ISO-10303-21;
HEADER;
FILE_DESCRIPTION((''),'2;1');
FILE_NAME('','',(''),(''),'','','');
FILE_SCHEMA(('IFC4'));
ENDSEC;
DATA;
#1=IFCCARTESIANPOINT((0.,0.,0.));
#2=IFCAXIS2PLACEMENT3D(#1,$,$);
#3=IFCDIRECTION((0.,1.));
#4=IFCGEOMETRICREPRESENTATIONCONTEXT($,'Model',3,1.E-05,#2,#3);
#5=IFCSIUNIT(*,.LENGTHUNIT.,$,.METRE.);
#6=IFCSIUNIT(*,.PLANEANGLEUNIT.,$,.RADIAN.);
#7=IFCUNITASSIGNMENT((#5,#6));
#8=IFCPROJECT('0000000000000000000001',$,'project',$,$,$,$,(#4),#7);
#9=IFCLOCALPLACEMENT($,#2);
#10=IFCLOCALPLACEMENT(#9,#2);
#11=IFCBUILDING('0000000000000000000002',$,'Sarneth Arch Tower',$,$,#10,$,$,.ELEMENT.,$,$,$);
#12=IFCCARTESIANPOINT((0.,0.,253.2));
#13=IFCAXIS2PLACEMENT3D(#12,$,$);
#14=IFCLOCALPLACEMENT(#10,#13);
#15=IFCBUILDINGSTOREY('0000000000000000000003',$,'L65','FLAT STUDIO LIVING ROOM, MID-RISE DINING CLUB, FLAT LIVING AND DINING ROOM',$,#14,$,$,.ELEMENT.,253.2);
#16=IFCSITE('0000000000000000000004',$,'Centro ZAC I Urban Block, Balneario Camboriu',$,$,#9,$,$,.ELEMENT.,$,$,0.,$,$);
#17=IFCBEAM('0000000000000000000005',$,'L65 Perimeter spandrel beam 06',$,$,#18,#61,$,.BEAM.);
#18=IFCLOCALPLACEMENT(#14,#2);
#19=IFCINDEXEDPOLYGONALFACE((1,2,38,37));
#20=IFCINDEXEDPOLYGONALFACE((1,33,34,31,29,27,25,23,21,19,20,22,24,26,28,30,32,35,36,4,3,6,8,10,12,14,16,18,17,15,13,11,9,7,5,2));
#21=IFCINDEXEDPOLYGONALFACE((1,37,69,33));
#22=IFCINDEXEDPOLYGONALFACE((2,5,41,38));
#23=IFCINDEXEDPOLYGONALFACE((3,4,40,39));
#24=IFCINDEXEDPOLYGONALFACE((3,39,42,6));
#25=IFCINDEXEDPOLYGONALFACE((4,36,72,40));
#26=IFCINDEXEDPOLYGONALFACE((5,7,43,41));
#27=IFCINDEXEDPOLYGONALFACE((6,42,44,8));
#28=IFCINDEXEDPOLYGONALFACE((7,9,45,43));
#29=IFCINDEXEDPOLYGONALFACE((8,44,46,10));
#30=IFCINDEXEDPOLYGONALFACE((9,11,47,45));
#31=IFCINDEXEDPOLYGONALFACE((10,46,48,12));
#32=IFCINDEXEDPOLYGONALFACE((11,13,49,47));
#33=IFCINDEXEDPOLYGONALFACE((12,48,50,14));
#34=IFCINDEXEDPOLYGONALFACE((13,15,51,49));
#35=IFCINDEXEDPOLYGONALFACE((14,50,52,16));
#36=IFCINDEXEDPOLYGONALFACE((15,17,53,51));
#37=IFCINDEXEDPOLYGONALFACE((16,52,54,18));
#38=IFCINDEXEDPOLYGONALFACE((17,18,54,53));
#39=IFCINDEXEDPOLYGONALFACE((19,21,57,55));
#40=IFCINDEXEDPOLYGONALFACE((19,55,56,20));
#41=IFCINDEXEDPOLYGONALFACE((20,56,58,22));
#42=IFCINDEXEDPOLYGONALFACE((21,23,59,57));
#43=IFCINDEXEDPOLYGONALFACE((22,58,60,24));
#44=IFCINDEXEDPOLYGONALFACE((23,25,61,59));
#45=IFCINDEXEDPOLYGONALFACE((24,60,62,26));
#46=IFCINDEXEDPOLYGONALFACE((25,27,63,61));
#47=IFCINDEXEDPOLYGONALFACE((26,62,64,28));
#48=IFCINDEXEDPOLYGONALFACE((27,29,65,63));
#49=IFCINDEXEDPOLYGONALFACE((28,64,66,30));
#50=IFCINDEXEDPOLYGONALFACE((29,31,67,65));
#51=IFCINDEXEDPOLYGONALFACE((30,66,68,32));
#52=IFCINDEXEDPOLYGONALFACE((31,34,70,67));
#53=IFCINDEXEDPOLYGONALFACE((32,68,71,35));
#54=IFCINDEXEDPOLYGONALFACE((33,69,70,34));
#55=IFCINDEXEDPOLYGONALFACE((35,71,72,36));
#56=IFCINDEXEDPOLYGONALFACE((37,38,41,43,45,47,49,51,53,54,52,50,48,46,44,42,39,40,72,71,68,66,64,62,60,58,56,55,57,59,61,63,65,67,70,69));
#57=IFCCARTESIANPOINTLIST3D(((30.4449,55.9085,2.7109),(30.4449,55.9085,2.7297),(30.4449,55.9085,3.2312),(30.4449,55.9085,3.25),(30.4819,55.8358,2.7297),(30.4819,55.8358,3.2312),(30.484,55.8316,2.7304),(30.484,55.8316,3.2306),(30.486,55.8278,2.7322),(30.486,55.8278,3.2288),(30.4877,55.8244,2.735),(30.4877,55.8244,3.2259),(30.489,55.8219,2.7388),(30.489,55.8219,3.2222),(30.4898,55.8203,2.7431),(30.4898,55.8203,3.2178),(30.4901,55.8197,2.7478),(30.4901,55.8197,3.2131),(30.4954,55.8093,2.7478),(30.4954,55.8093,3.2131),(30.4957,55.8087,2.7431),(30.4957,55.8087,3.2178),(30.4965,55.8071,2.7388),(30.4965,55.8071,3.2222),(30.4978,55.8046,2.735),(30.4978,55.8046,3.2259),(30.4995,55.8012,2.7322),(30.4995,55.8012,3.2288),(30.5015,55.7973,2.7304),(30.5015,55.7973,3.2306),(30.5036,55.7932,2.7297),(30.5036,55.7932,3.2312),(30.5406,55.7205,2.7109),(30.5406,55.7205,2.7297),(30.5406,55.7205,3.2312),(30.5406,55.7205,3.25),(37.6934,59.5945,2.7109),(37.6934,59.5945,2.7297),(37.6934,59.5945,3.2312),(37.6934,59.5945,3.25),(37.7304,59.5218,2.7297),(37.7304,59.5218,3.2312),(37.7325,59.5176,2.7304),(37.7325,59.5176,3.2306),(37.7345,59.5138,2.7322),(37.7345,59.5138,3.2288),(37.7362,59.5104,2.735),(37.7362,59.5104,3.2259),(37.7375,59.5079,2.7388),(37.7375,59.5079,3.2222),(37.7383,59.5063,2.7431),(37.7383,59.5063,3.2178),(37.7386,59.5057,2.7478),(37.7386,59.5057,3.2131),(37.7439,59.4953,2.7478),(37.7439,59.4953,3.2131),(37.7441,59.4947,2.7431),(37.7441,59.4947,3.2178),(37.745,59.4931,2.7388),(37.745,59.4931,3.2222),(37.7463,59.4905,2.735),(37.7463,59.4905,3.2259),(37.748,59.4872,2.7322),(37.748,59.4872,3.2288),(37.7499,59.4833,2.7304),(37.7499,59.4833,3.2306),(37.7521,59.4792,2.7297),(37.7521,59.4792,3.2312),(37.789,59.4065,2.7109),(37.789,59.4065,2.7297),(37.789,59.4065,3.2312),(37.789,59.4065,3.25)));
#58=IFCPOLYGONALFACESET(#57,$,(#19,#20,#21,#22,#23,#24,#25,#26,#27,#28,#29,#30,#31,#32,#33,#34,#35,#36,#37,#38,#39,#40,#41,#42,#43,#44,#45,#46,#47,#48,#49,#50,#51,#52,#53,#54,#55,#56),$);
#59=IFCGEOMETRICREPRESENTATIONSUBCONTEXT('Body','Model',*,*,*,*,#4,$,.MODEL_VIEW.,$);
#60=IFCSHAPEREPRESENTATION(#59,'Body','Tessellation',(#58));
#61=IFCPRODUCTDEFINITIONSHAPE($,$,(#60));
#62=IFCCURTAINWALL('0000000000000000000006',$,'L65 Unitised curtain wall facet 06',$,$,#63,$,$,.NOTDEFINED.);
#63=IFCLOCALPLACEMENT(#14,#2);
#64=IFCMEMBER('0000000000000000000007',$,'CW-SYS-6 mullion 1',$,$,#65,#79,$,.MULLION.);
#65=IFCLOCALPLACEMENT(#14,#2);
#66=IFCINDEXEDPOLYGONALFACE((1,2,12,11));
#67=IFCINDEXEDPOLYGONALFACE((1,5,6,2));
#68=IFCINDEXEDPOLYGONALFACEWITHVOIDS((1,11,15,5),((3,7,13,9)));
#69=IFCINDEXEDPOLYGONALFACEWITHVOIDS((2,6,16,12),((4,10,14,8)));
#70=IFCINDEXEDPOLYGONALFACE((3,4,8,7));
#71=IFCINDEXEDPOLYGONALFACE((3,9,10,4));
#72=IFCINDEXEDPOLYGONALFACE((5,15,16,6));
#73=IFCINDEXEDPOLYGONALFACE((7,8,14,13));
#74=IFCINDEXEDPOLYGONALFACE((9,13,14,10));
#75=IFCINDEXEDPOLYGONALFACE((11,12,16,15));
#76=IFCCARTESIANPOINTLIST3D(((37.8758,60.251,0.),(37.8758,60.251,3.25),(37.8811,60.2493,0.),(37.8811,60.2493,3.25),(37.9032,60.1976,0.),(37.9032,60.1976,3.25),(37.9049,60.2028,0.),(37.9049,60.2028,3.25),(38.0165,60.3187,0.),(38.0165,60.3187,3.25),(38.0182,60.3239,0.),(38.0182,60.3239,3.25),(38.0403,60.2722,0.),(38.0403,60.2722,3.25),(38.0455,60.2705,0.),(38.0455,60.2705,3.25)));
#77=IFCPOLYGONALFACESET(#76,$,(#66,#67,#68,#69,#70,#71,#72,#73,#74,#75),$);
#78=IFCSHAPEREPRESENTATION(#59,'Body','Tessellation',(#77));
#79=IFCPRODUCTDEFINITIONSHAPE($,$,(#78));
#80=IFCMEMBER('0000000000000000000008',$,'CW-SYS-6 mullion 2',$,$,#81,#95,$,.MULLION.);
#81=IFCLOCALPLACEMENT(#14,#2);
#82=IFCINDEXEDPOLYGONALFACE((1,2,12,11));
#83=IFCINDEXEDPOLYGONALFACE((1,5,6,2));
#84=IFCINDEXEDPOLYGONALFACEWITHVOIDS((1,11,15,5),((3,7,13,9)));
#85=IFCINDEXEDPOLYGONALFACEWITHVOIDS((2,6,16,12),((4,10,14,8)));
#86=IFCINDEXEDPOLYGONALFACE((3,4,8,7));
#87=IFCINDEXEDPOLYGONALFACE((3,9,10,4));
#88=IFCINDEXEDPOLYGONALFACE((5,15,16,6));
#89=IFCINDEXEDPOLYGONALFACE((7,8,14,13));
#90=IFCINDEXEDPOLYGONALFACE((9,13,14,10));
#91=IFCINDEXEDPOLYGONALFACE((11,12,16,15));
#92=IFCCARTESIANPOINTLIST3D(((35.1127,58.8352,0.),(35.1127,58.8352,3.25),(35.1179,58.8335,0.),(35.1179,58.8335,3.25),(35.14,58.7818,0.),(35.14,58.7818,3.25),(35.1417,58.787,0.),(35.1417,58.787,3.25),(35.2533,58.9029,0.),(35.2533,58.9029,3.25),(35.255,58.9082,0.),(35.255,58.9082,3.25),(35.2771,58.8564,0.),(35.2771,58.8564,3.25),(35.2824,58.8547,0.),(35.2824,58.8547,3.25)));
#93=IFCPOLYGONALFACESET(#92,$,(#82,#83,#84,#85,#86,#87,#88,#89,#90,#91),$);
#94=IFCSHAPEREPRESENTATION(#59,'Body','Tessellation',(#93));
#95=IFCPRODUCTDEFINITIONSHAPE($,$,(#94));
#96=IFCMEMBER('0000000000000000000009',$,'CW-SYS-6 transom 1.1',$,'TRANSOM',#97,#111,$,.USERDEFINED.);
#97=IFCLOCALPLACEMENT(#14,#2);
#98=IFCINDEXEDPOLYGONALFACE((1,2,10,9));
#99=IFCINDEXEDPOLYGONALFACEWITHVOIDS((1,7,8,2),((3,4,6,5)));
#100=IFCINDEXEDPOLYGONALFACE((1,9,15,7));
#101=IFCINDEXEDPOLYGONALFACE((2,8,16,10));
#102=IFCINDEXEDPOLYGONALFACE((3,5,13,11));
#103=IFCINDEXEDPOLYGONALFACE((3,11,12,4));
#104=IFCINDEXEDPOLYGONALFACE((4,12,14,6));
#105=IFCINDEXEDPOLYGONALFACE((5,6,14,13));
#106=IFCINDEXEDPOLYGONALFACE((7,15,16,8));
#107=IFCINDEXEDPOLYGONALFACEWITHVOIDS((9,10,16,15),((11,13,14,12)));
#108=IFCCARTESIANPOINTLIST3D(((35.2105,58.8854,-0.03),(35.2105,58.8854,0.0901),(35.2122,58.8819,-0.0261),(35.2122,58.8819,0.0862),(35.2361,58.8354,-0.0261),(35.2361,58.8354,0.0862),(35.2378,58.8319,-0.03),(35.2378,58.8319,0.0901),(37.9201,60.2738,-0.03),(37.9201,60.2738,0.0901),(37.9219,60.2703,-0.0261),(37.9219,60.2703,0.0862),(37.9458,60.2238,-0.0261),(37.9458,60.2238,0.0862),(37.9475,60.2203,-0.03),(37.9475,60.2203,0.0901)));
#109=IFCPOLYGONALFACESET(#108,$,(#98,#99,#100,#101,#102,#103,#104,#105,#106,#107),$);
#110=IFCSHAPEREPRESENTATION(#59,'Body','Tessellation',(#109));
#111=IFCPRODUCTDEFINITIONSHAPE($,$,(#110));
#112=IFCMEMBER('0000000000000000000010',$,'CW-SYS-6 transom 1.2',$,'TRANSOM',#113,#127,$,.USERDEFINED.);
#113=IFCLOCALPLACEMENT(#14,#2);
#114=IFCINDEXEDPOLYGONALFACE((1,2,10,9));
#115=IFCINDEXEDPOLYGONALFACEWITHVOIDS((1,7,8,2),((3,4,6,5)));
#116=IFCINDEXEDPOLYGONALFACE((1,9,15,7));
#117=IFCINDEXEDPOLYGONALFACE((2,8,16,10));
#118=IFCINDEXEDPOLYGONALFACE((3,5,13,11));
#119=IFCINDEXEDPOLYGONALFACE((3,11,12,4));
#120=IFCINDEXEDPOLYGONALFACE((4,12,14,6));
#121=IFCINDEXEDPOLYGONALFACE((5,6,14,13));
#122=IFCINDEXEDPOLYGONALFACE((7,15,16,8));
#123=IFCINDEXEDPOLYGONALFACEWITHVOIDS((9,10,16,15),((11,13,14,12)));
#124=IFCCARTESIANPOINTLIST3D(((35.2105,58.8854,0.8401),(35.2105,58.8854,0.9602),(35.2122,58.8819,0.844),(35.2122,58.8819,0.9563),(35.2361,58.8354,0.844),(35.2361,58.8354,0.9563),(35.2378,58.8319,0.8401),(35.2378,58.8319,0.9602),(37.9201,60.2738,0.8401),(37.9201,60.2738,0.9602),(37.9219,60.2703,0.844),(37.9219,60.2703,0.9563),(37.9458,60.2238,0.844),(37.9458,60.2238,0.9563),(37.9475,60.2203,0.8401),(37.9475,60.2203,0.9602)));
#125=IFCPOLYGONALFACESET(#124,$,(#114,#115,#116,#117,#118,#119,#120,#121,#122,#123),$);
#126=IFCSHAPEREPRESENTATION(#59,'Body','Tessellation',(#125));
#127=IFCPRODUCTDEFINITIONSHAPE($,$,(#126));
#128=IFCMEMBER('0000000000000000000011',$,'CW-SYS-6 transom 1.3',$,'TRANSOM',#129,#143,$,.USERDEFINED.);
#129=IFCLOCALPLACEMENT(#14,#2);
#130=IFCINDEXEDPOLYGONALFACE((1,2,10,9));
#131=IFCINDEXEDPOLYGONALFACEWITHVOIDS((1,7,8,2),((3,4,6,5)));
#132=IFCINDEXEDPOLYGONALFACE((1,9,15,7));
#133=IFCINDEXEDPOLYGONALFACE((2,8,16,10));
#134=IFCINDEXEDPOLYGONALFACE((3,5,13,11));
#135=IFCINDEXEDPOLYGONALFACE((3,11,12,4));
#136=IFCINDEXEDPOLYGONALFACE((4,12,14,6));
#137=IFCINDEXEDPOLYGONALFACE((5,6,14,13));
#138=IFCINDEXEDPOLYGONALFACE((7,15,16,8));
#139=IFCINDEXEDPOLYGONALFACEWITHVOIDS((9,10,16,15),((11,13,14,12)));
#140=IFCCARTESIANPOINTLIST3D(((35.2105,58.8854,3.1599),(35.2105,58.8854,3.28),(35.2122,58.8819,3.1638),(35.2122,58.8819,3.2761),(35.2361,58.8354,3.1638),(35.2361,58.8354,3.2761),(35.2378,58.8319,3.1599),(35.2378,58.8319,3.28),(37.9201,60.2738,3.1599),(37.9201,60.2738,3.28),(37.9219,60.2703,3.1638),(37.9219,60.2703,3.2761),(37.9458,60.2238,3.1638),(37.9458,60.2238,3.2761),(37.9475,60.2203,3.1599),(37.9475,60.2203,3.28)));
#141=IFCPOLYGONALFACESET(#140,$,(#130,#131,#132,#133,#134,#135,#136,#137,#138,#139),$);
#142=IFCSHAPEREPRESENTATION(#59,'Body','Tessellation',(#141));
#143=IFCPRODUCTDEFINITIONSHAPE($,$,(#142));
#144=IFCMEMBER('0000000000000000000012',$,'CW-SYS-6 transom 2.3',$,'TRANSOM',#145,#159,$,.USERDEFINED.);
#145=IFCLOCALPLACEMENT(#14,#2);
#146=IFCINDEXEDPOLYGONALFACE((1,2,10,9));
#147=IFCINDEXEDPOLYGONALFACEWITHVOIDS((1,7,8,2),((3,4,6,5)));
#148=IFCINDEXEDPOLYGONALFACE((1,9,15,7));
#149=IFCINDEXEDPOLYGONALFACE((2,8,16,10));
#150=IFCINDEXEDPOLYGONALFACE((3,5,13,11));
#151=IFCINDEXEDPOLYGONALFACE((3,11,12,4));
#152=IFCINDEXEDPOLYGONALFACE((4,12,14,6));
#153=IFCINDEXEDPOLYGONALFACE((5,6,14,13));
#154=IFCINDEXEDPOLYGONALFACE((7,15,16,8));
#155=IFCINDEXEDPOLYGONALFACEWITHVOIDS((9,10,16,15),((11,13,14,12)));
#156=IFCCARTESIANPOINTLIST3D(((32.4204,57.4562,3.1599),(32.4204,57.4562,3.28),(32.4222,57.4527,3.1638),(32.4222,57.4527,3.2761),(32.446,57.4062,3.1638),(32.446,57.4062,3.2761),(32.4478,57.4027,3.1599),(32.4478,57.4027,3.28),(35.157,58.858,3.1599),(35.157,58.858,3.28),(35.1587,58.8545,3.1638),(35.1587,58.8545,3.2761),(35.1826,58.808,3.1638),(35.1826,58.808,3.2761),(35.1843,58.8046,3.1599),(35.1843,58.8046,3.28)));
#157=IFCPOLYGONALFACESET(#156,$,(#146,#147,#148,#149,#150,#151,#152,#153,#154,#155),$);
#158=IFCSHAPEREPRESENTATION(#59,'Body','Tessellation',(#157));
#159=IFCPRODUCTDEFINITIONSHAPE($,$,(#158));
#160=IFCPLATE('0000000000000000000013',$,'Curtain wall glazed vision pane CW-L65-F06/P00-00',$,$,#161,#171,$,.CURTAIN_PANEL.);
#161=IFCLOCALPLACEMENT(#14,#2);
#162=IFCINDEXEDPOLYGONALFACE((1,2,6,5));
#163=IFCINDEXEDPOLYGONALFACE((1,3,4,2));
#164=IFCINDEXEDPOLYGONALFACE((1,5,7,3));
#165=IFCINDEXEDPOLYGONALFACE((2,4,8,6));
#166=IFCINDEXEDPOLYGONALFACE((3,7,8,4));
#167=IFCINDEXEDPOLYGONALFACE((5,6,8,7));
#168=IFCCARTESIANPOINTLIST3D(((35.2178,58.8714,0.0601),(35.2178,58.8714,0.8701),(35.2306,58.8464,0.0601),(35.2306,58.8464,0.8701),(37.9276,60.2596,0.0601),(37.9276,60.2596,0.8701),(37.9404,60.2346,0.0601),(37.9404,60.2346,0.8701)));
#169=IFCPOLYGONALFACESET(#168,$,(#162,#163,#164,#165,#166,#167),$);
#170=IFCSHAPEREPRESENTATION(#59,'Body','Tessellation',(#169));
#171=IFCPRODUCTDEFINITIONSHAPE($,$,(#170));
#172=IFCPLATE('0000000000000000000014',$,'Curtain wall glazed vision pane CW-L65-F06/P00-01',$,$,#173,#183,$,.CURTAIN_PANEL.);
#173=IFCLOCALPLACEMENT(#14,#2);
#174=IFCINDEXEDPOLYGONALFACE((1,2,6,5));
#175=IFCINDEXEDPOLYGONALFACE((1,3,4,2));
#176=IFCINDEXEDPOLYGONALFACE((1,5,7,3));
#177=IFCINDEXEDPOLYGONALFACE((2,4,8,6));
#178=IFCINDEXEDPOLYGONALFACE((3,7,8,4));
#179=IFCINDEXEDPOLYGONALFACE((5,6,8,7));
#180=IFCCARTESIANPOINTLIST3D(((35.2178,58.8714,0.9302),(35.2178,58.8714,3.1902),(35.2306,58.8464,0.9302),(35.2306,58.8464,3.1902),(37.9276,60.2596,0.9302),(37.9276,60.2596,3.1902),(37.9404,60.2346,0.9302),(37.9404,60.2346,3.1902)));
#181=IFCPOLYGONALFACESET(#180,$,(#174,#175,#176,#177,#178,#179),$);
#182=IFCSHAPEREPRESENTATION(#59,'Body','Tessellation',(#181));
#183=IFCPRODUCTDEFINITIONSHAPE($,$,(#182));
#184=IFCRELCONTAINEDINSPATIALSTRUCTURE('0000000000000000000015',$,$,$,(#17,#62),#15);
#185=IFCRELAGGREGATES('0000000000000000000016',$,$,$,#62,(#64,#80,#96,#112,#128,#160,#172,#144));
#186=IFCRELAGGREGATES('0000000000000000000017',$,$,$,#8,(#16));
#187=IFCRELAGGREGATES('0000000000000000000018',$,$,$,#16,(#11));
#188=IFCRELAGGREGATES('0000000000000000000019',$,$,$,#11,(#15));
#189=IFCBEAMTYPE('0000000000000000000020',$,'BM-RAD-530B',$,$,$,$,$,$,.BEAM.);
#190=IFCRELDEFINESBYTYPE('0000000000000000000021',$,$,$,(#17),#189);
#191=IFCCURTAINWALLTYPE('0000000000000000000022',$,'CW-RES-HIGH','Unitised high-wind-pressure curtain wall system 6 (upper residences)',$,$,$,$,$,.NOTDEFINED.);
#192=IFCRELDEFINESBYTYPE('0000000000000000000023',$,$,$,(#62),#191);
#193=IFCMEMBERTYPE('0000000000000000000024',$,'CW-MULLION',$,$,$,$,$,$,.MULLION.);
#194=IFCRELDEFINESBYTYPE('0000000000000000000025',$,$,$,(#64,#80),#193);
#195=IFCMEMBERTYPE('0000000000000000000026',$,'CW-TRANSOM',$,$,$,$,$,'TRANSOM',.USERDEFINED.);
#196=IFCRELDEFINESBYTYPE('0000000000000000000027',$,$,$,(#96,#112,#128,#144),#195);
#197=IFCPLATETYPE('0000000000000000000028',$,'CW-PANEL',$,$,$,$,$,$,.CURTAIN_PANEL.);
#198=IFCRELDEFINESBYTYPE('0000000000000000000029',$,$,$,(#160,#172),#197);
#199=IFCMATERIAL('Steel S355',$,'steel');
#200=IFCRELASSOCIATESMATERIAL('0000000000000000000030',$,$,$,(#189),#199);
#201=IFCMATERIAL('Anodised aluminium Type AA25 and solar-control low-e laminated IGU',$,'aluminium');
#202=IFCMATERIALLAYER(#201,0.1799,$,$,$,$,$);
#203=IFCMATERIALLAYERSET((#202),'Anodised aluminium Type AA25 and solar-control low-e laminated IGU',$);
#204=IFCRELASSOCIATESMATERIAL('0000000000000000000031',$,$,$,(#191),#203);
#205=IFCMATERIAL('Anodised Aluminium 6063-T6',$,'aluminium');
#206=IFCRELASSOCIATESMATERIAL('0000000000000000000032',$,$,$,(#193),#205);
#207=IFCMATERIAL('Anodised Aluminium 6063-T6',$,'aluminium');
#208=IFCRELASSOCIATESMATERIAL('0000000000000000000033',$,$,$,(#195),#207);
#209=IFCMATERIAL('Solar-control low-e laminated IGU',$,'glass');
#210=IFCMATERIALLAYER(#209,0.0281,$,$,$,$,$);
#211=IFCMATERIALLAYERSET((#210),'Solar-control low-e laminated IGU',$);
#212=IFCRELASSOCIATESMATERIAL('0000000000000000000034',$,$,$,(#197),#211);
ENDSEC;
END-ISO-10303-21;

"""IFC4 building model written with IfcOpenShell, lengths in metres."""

from ifc_helpers import new_model, si_unit, direction, frame, origin, origin_2d, place, context, subcontext, project, spatial, rectangle, hollow_rectangle, i_section, extrude, material, layer, layer_set, material_profile, profile_set, type_object, element, aggregate, save


model = new_model("IFC4")

# Units and contexts
model_context = context("Model", 3, precision=1e-05, world=origin(), true_north=direction((0.0, 1.0)))
body_context = subcontext(model_context, "Body", "Model", "MODEL_VIEW")
ifc_project = project(units=[si_unit("LENGTHUNIT", "METRE"), si_unit("PLANEANGLEUNIT", "RADIAN")], contexts=[model_context])

# Site, building, storey
site_placement = place(None, origin())
site = spatial("IfcSite", under=ifc_project, at=site_placement, Name="Centro ZAC I Urban Block, Balneario Camboriu", CompositionType="ELEMENT", RefElevation=0.0)
building_placement = place(site_placement, origin())
building = spatial("IfcBuilding", under=site, at=building_placement, Name="Sarneth Arch Tower", CompositionType="ELEMENT")
storey_placement = place(building_placement, frame((0.0, 0.0, 253.2)))
storey = spatial("IfcBuildingStorey", under=building, at=storey_placement, Name="L65", Description="FLAT STUDIO LIVING ROOM, MID-RISE DINING CLUB, FLAT LIVING AND DINING ROOM", CompositionType="ELEMENT", Elevation=253.2)

# Beam
ifc_material_1 = material(Name="Steel S355", Category="steel")
ifc_material_profile_1 = material_profile(ifc_material_1, i_section(OverallWidth=0.2109, OverallDepth=0.5391, WebThickness=0.0117, FlangeThickness=0.0188, FilletRadius=0.0181, at=origin_2d()), Name="W530x109")
ifc_profile_set_1 = profile_set([ifc_material_profile_1], Name="Steel S355")
beam_type_1 = type_object("IfcBeamType", Name="BM-RAD-530B", PredefinedType="BEAM", material=ifc_profile_set_1)
beam_1_placement = place(storey_placement, frame((37.7412, 59.5005, 2.9805), z_axis=(-0.891368, -0.45328, 0.0), x_axis=(0.45328, -0.891368, 0.0)))
element("IfcBeam", 1, at=beam_1_placement, inside=storey, type_object=beam_type_1, Name="L65 Perimeter spandrel beam 06", PredefinedType="BEAM", context=body_context, shape_type="SweptSolid", body=[
    extrude(i_section(OverallWidth=0.2109, OverallDepth=0.5391, WebThickness=0.0117, FlangeThickness=0.0188, FilletRadius=0.0181, at=origin_2d()), origin(), (0.0, 0.0, 1.0), 8.1318),
])

# Curtain wall, members, plates
ifc_material_2 = material(Name="Anodised aluminium Type AA25 and solar-control low-e laminated IGU", Category="aluminium")
ifc_layer_1 = layer(ifc_material_2, 0.1799)
ifc_layer_set_1 = layer_set([ifc_layer_1], Name="Anodised aluminium Type AA25 and solar-control low-e laminated IGU")
curtain_wall_type = type_object("IfcCurtainWallType", Name="CW-RES-HIGH", Description="Unitised high-wind-pressure curtain wall system 6 (upper residences)", PredefinedType="NOTDEFINED", material=ifc_layer_set_1)
curtain_wall_placement = place(storey_placement, origin())
curtain_wall = element("IfcCurtainWall", 2, at=curtain_wall_placement, inside=storey, type_object=curtain_wall_type, Name="L65 Unitised curtain wall facet 06", PredefinedType="NOTDEFINED")
ifc_material_3 = material(Name="Anodised Aluminium 6063-T6", Category="aluminium")
ifc_material_profile_2 = material_profile(ifc_material_3, hollow_rectangle(XDim=0.0601, YDim=0.1599, WallThickness=0.0039, at=origin_2d()), Name="AL-MULL-160x60x4")
ifc_profile_set_2 = profile_set([ifc_material_profile_2], Name="Anodised Aluminium 6063-T6")
member_type_1 = type_object("IfcMemberType", Name="CW-MULLION", PredefinedType="MULLION", material=ifc_profile_set_2)
member_1_placement = place(storey_placement, frame((37.9607, 60.2607, 0.0), z_axis=(0.0, 0.0, 1.0), x_axis=(0.455942, -0.89001, 0.0)))
member_1 = element("IfcMember", 3, at=member_1_placement, type_object=member_type_1, Name="CW-SYS-6 mullion 1", PredefinedType="MULLION", context=body_context, shape_type="SweptSolid", body=[
    extrude(hollow_rectangle(XDim=0.0601, YDim=0.1599, WallThickness=0.0039, at=origin_2d()), origin(), (0.0, 0.0, 1.0), 3.25),
])
member_2_placement = place(storey_placement, frame((35.1975, 58.845, 0.0), z_axis=(0.0, 0.0, 1.0), x_axis=(0.455942, -0.89001, 0.0)))
member_2 = element("IfcMember", 4, at=member_2_placement, type_object=member_type_1, Name="CW-SYS-6 mullion 2", PredefinedType="MULLION", context=body_context, shape_type="SweptSolid", body=[
    extrude(hollow_rectangle(XDim=0.0601, YDim=0.1599, WallThickness=0.0039, at=origin_2d()), origin(), (0.0, 0.0, 1.0), 3.25),
])
ifc_material_4 = material(Name="Anodised Aluminium 6063-T6", Category="aluminium")
ifc_material_profile_3 = material_profile(ifc_material_4, hollow_rectangle(XDim=0.0601, YDim=0.1201, WallThickness=0.0039, at=origin_2d()), Name="AL-TRAN-120x60x4")
ifc_profile_set_3 = profile_set([ifc_material_profile_3], Name="Anodised Aluminium 6063-T6")
member_type_2 = type_object("IfcMemberType", Name="CW-TRANSOM", ElementType="TRANSOM", PredefinedType="USERDEFINED", material=ifc_profile_set_3)
member_3_placement = place(storey_placement, frame((37.9338, 60.2471, 0.03), z_axis=(-0.889974, -0.456012, 0.0), x_axis=(0.456012, -0.889974, 0.0)))
member_3 = element("IfcMember", 5, at=member_3_placement, type_object=member_type_2, Name="CW-SYS-6 transom 1.1", ObjectType="TRANSOM", PredefinedType="USERDEFINED", context=body_context, shape_type="SweptSolid", body=[
    extrude(hollow_rectangle(XDim=0.0601, YDim=0.1201, WallThickness=0.0039, at=origin_2d()), origin(), (0.0, 0.0, 1.0), 3.0447),
])
member_4_placement = place(storey_placement, frame((37.9338, 60.2471, 0.9001), z_axis=(-0.889974, -0.456012, 0.0), x_axis=(0.456012, -0.889974, 0.0)))
member_4 = element("IfcMember", 6, at=member_4_placement, type_object=member_type_2, Name="CW-SYS-6 transom 1.2", ObjectType="TRANSOM", PredefinedType="USERDEFINED", context=body_context, shape_type="SweptSolid", body=[
    extrude(hollow_rectangle(XDim=0.0601, YDim=0.1201, WallThickness=0.0039, at=origin_2d()), origin(), (0.0, 0.0, 1.0), 3.0447),
])
member_5_placement = place(storey_placement, frame((37.9338, 60.2471, 3.22), z_axis=(-0.889974, -0.456012, 0.0), x_axis=(0.456012, -0.889974, 0.0)))
member_5 = element("IfcMember", 7, at=member_5_placement, type_object=member_type_2, Name="CW-SYS-6 transom 1.3", ObjectType="TRANSOM", PredefinedType="USERDEFINED", context=body_context, shape_type="SweptSolid", body=[
    extrude(hollow_rectangle(XDim=0.0601, YDim=0.1201, WallThickness=0.0039, at=origin_2d()), origin(), (0.0, 0.0, 1.0), 3.0447),
])
member_6_placement = place(storey_placement, frame((35.1707, 58.8313, 3.22), z_axis=(-0.890017, -0.455926, 0.0), x_axis=(0.455926, -0.890017, 0.0)))
member_6 = element("IfcMember", 8, at=member_6_placement, type_object=member_type_2, Name="CW-SYS-6 transom 2.3", ObjectType="TRANSOM", PredefinedType="USERDEFINED", context=body_context, shape_type="SweptSolid", body=[
    extrude(hollow_rectangle(XDim=0.0601, YDim=0.1201, WallThickness=0.0039, at=origin_2d()), origin(), (0.0, 0.0, 1.0), 3.0747),
])
ifc_material_5 = material(Name="Solar-control low-e laminated IGU", Category="glass")
ifc_layer_2 = layer(ifc_material_5, 0.0281)
ifc_layer_set_2 = layer_set([ifc_layer_2], Name="Solar-control low-e laminated IGU")
plate_type = type_object("IfcPlateType", Name="CW-PANEL", PredefinedType="CURTAIN_PANEL", material=ifc_layer_set_2)
plate_1_placement = place(storey_placement, frame((36.5791, 59.553, 0.0601), z_axis=(0.0, 0.0, 1.0), x_axis=(-0.89001, -0.455942, 0.0)))
plate_1 = element("IfcPlate", 9, at=plate_1_placement, type_object=plate_type, Name="Curtain wall glazed vision pane CW-L65-F06/P00-00", PredefinedType="CURTAIN_PANEL", context=body_context, shape_type="SweptSolid", body=[
    extrude(rectangle(XDim=3.0447, YDim=0.0281, at=origin_2d()), origin(), (0.0, 0.0, 1.0), 0.8101),
])
plate_2_placement = place(storey_placement, frame((36.5791, 59.553, 0.9302), z_axis=(0.0, 0.0, 1.0), x_axis=(-0.89001, -0.455942, 0.0)))
plate_2 = element("IfcPlate", 10, at=plate_2_placement, type_object=plate_type, Name="Curtain wall glazed vision pane CW-L65-F06/P00-01", PredefinedType="CURTAIN_PANEL", context=body_context, shape_type="SweptSolid", body=[
    extrude(rectangle(XDim=3.0447, YDim=0.0281, at=origin_2d()), origin(), (0.0, 0.0, 1.0), 2.26),
])
aggregate(curtain_wall, [member_1, member_2, member_3, member_4, member_5, plate_1, plate_2, member_6])

save(model, "model.ifc")
